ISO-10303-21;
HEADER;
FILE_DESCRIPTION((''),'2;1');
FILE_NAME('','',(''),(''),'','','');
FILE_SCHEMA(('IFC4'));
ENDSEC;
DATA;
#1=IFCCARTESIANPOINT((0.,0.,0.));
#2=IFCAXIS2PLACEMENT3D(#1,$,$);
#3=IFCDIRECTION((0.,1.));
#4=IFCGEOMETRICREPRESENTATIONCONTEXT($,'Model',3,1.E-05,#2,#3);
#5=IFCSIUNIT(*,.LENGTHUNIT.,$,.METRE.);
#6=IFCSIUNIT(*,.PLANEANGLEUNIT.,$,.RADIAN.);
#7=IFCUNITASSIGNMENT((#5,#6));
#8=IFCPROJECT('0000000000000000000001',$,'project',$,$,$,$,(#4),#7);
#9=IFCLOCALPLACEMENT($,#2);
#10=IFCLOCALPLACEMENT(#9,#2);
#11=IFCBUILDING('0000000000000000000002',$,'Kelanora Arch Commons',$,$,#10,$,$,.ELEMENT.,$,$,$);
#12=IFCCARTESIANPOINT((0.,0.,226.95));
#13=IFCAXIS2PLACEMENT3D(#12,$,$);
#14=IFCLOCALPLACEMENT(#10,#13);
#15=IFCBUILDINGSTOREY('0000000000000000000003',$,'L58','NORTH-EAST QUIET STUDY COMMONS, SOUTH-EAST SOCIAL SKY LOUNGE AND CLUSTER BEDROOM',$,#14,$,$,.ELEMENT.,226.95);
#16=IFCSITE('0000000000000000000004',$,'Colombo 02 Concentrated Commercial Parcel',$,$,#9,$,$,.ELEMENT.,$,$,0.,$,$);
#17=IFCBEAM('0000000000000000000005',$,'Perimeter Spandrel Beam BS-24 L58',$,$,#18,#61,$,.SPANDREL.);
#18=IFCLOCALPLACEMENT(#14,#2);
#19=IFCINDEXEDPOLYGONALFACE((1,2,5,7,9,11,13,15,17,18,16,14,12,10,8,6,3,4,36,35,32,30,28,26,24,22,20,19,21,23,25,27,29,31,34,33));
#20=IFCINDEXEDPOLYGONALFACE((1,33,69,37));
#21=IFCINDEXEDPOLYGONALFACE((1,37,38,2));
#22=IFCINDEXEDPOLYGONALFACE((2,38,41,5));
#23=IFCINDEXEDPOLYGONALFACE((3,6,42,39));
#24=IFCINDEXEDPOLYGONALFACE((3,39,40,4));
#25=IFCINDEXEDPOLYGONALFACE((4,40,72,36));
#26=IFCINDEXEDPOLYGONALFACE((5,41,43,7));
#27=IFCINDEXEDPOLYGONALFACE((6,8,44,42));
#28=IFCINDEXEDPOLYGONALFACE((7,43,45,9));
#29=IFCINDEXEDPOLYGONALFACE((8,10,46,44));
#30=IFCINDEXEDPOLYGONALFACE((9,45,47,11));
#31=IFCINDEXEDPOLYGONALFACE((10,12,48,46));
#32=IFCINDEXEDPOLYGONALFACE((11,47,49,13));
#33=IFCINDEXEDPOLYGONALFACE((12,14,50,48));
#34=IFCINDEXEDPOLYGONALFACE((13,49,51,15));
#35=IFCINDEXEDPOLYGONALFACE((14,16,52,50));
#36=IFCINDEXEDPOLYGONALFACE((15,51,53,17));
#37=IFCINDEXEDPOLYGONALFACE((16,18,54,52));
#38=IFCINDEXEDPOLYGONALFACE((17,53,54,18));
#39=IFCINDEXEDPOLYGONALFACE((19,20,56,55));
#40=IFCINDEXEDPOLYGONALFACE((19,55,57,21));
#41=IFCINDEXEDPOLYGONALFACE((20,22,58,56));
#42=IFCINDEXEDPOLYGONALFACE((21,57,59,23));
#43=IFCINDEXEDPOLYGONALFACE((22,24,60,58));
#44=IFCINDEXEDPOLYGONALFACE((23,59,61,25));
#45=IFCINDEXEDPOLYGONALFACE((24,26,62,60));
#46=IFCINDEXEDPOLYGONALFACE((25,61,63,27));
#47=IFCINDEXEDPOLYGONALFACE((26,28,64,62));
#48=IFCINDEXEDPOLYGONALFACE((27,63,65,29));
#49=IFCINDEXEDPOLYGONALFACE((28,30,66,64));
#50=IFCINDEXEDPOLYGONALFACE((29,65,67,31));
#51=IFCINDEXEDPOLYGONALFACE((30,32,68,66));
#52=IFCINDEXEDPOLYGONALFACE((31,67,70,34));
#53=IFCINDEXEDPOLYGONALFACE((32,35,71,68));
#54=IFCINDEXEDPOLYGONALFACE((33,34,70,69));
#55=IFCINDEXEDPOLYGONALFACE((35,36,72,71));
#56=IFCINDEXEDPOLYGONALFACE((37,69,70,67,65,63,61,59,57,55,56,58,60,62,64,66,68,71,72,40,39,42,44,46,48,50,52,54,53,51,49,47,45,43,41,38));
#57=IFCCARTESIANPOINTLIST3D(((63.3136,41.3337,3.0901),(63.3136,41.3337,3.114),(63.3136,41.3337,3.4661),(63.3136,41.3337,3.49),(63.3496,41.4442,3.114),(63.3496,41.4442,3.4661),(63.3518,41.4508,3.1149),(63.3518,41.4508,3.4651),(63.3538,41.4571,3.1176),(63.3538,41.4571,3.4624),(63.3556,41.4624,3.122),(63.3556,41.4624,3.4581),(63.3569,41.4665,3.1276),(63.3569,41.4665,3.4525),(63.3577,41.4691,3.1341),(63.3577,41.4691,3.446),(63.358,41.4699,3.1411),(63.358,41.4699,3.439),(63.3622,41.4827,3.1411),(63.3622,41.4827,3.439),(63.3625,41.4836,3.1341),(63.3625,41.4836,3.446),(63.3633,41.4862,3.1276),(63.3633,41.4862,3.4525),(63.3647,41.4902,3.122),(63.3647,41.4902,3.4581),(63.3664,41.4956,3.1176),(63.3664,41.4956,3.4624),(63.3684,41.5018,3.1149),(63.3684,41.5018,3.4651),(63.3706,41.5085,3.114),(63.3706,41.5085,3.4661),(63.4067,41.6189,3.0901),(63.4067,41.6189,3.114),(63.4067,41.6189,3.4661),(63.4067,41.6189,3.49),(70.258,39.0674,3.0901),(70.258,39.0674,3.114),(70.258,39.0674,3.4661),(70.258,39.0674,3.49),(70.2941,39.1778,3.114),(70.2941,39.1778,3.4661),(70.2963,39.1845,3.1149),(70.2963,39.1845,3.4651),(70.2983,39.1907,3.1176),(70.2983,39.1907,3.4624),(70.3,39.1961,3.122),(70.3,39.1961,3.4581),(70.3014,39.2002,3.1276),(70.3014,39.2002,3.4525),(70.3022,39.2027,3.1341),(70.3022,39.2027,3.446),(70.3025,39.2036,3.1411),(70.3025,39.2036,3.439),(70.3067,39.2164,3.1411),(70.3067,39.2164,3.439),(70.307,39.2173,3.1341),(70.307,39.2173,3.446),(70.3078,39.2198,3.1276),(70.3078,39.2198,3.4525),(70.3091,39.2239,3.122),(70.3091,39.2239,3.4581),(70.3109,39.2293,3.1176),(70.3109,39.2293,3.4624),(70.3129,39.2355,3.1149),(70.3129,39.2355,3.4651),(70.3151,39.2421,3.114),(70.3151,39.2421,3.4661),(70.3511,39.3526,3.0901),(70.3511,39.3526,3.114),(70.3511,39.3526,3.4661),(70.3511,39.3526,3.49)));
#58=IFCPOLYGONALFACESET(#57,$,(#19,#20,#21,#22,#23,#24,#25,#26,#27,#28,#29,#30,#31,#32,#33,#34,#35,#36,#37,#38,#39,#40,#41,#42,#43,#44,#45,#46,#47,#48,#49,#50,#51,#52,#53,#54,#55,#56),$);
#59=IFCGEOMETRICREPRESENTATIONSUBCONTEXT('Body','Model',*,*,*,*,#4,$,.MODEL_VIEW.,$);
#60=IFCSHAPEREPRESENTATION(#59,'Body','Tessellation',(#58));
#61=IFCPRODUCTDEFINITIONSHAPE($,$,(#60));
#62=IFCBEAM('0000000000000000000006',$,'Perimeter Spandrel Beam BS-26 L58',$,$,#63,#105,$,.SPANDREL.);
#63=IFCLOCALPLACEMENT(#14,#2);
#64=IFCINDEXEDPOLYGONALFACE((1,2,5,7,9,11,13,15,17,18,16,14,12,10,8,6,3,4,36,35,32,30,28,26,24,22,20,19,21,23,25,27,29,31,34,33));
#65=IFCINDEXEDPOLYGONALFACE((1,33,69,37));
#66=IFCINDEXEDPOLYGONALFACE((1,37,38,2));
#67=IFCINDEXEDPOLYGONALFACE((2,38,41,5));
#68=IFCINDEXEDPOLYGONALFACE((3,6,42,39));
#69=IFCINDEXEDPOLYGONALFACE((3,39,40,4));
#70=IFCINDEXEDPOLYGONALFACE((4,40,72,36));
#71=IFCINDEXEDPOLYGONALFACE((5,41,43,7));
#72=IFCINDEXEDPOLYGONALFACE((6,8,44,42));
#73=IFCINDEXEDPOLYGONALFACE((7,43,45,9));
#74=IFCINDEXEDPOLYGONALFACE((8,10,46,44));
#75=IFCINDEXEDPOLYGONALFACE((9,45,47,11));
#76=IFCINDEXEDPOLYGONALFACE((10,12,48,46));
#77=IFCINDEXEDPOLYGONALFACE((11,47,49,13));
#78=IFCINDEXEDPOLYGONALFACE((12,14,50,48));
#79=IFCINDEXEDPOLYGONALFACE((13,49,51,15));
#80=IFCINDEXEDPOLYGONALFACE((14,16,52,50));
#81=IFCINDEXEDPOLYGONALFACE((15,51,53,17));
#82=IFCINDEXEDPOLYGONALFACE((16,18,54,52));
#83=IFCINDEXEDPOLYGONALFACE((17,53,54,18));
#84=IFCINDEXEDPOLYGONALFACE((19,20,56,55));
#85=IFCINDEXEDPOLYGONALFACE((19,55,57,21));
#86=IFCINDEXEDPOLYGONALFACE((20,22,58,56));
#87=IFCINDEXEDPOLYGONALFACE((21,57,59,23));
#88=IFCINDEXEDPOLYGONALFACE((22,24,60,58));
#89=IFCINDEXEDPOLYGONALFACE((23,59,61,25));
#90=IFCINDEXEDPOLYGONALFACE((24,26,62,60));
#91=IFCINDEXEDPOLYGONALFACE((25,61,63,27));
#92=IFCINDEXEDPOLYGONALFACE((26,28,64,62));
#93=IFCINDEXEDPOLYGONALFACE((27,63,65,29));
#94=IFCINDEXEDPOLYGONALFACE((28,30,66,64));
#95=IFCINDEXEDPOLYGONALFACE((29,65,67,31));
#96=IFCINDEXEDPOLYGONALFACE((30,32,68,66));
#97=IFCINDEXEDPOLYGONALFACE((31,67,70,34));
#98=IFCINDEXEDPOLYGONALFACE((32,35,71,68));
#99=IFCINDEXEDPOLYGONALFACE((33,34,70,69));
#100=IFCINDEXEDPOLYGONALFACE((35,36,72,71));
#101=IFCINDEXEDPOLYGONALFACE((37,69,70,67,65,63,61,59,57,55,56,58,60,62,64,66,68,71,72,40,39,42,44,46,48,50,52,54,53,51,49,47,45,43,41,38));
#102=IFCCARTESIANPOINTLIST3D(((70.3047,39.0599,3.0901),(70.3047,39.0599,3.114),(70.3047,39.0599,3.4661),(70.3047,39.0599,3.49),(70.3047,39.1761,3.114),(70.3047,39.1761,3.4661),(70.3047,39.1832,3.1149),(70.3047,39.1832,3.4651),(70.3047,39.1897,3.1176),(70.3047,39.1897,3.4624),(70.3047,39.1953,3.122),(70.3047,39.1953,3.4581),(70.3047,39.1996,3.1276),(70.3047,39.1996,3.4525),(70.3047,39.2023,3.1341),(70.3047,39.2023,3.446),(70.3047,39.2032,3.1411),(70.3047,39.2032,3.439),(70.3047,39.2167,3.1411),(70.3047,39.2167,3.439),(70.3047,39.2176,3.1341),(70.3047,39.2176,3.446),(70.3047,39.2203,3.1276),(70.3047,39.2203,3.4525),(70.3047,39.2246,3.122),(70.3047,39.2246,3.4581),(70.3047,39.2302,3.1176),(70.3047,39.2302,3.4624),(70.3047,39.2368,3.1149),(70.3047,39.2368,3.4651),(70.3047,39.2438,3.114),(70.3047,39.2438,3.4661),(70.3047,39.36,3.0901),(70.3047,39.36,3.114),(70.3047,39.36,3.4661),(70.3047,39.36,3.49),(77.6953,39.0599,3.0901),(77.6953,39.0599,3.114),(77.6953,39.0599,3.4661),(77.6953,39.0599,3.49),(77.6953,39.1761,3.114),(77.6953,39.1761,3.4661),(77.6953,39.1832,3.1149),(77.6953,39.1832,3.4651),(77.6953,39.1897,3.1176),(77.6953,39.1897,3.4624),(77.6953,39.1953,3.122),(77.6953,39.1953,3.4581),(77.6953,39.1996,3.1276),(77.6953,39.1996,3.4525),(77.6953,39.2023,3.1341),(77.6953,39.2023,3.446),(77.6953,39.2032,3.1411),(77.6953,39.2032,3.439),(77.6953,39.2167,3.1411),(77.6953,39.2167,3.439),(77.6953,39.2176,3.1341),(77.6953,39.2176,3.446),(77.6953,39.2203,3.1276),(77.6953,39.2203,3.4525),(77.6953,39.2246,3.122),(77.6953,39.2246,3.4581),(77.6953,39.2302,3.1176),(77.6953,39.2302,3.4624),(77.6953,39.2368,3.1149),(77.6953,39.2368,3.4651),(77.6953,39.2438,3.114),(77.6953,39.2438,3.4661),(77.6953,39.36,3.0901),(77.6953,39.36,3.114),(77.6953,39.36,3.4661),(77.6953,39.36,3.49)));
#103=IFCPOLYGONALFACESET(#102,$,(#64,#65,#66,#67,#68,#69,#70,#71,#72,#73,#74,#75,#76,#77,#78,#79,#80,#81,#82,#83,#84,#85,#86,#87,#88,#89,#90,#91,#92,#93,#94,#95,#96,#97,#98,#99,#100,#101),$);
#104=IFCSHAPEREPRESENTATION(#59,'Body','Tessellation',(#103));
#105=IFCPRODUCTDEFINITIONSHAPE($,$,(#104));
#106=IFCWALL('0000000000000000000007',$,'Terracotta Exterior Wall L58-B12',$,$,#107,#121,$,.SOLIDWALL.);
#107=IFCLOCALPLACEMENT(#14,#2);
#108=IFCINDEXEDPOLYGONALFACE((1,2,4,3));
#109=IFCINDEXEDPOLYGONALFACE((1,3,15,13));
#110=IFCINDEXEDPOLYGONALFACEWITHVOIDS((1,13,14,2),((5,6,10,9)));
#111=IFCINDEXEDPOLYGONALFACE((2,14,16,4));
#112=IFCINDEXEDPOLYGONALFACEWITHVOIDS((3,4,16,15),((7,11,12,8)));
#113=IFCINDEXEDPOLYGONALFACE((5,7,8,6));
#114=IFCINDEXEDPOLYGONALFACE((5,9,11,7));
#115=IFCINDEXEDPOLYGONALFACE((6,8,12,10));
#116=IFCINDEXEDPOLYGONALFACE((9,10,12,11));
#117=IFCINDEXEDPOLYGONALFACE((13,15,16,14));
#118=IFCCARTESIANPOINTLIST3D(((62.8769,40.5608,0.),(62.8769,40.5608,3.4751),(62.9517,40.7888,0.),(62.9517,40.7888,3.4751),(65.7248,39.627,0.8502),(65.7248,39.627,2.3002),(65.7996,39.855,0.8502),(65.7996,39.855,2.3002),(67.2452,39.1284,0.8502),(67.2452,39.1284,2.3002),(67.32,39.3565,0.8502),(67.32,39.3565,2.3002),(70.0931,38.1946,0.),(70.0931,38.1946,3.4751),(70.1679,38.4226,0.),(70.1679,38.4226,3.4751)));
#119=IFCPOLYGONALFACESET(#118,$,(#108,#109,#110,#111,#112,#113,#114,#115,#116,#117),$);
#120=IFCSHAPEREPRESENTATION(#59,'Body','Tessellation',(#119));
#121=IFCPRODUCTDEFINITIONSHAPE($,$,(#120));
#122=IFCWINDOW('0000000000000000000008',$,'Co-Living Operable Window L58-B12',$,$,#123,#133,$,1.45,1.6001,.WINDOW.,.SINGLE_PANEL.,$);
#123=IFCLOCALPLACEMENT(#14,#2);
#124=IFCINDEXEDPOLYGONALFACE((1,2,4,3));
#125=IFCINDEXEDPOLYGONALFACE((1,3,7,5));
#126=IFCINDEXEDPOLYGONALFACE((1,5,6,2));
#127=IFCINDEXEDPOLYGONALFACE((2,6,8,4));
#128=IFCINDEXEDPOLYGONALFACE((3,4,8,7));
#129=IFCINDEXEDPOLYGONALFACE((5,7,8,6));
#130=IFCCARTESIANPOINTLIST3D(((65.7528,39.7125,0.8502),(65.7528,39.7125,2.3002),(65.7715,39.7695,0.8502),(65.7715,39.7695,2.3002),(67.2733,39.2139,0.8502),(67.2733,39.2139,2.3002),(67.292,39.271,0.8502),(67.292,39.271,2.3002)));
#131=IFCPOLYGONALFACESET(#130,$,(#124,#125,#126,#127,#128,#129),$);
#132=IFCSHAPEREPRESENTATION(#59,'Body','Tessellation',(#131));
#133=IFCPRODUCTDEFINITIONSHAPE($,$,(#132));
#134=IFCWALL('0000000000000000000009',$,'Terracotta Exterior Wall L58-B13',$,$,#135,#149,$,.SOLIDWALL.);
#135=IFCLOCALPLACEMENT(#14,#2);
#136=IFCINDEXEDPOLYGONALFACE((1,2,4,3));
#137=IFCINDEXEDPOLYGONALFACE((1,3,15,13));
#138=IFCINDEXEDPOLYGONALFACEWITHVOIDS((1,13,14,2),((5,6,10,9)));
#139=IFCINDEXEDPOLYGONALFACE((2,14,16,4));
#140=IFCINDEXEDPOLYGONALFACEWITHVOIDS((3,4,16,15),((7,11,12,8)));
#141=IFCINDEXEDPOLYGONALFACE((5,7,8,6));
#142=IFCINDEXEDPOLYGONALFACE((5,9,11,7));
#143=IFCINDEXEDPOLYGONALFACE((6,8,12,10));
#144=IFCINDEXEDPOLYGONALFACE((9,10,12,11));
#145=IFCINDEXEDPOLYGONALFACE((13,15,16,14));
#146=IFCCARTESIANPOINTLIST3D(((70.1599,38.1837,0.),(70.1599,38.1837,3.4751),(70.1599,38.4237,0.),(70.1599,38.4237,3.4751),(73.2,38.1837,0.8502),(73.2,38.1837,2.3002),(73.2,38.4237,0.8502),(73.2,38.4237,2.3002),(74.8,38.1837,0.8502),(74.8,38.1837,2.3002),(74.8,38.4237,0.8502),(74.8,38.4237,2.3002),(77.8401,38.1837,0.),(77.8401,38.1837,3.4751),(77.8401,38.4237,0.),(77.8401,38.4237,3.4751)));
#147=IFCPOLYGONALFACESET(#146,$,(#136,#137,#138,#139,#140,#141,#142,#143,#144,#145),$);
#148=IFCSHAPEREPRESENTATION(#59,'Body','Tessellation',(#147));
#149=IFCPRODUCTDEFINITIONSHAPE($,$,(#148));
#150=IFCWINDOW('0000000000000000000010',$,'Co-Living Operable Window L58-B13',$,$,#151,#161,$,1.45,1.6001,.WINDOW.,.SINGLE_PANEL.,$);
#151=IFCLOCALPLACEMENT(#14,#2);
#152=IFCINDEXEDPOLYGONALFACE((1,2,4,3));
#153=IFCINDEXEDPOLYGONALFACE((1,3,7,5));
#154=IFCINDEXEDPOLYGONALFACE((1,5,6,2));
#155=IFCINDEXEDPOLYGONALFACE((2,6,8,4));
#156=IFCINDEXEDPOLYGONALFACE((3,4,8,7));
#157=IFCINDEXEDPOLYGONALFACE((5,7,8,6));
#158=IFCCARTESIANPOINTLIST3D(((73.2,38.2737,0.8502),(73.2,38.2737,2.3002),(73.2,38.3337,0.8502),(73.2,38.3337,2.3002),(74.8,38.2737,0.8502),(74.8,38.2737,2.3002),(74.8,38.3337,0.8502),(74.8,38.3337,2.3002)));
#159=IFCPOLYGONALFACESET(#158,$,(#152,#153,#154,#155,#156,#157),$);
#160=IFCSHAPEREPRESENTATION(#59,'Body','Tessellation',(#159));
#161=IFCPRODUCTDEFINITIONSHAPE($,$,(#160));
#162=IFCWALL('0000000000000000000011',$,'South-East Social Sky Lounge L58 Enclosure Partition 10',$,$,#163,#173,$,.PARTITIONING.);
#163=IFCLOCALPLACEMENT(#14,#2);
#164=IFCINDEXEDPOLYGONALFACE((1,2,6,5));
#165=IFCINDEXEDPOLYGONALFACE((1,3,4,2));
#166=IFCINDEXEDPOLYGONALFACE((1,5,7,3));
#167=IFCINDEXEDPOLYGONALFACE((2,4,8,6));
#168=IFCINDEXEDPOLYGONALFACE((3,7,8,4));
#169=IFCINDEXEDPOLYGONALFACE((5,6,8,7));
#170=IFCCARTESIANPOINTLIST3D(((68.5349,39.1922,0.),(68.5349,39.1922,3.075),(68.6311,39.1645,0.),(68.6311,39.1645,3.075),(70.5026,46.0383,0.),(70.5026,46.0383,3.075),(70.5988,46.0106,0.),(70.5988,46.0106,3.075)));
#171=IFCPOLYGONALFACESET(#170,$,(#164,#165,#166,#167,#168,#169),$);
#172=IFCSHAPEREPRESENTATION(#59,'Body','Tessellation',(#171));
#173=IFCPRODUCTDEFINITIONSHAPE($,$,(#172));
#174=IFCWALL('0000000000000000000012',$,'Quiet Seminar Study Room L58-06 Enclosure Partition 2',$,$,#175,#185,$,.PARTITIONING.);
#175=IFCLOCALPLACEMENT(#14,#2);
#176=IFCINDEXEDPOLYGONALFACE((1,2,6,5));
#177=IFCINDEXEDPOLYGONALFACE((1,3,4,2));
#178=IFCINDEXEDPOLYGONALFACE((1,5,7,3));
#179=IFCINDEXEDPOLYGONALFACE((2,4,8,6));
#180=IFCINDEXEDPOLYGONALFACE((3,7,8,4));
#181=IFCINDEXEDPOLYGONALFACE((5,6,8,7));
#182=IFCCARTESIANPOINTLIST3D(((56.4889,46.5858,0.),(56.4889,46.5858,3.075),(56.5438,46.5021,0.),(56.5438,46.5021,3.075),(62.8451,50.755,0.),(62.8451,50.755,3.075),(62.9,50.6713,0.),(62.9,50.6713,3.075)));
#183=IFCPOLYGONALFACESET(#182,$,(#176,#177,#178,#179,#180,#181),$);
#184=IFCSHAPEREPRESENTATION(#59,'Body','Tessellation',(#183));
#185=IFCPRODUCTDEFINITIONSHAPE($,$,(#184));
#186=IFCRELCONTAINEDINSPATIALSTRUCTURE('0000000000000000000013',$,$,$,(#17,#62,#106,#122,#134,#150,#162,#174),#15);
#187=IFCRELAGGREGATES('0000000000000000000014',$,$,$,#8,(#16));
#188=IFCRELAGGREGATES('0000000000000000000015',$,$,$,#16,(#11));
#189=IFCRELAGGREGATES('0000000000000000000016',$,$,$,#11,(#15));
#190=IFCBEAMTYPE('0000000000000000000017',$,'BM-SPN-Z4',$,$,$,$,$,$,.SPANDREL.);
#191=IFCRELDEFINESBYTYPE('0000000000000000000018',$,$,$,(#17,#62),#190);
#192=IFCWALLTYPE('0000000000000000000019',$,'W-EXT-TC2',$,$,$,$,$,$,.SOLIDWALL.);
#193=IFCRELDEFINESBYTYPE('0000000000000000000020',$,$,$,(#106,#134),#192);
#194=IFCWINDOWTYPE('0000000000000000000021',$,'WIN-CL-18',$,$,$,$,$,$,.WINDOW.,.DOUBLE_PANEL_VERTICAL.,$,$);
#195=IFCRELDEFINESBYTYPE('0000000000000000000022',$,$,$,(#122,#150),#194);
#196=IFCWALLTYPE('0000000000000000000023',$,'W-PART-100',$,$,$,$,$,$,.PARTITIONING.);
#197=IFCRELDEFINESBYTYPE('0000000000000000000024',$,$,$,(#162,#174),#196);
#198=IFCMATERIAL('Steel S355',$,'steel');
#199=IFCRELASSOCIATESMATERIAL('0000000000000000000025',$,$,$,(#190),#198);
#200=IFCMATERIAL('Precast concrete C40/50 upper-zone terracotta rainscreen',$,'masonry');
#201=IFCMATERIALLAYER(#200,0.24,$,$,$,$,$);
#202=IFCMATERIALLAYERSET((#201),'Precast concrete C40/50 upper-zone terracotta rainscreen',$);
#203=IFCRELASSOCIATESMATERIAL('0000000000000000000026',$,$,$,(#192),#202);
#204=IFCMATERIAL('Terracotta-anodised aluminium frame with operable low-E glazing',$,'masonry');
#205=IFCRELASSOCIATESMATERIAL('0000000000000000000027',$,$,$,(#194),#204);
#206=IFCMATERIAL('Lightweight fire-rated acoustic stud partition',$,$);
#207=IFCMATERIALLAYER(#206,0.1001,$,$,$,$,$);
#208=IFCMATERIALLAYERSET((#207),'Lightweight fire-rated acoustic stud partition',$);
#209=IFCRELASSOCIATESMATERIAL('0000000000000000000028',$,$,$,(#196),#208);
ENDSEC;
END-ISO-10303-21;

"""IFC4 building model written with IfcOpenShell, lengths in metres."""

from ifc_helpers import new_model, si_unit, direction, frame, frame_2d, origin, origin_2d, place, context, subcontext, project, spatial, rectangle, i_section, extrude, material, layer, layer_set, material_profile, profile_set, type_object, element, fill, save


model = new_model("IFC4")

# Units and contexts
model_context = context("Model", 3, precision=1e-05, world=origin(), true_north=direction((0.0, 1.0)))
body_context = subcontext(model_context, "Body", "Model", "MODEL_VIEW")
ifc_project = project(units=[si_unit("LENGTHUNIT", "METRE"), si_unit("PLANEANGLEUNIT", "RADIAN")], contexts=[model_context])

# Site, building, storey
site_placement = place(None, origin())
site = spatial("IfcSite", under=ifc_project, at=site_placement, Name="Colombo 02 Concentrated Commercial Parcel", CompositionType="ELEMENT", RefElevation=0.0)
building_placement = place(site_placement, origin())
building = spatial("IfcBuilding", under=site, at=building_placement, Name="Kelanora Arch Commons", CompositionType="ELEMENT")
storey_placement = place(building_placement, frame((0.0, 0.0, 226.95)))
storey = spatial("IfcBuildingStorey", under=building, at=storey_placement, Name="L58", Description="NORTH-EAST QUIET STUDY COMMONS, SOUTH-EAST SOCIAL SKY LOUNGE AND CLUSTER BEDROOM", CompositionType="ELEMENT", Elevation=226.95)

# Beams
ifc_material_1 = material(Name="Steel S355", Category="steel")
ifc_material_profile_1 = material_profile(ifc_material_1, i_section(OverallWidth=0.3, OverallDepth=0.3999, WebThickness=0.0134, FlangeThickness=0.0239, FilletRadius=0.0271, at=origin_2d()), Name="HEB400")
ifc_profile_set_1 = profile_set([ifc_material_profile_1], Name="Steel S355")
beam_type_1 = type_object("IfcBeamType", Name="BM-SPN-Z4", PredefinedType="SPANDREL", material=ifc_profile_set_1)
beam_1_placement = place(storey_placement, frame((63.3601, 41.4763, 3.29), z_axis=(0.950656, -0.310246, 0.0), x_axis=(0.310246, 0.950656, 0.0)))
element("IfcBeam", 1, at=beam_1_placement, inside=storey, type_object=beam_type_1, Name="Perimeter Spandrel Beam BS-24 L58", PredefinedType="SPANDREL", context=body_context, shape_type="SweptSolid", body=[
    extrude(i_section(OverallWidth=0.3, OverallDepth=0.3999, WebThickness=0.0134, FlangeThickness=0.0239, FilletRadius=0.0271, at=origin_2d()), origin(), (0.0, 0.0, 1.0), 7.3049),
])
beam_2_placement = place(storey_placement, frame((70.3047, 39.21, 3.29), z_axis=(1.0, 0.0, 0.0), x_axis=(0.0, 1.0, 0.0)))
element("IfcBeam", 2, at=beam_2_placement, inside=storey, type_object=beam_type_1, Name="Perimeter Spandrel Beam BS-26 L58", PredefinedType="SPANDREL", context=body_context, shape_type="SweptSolid", body=[
    extrude(i_section(OverallWidth=0.3, OverallDepth=0.3999, WebThickness=0.0134, FlangeThickness=0.0239, FilletRadius=0.0271, at=origin_2d()), origin(), (0.0, 0.0, 1.0), 7.3906),
])

# Walls, openings, windows
ifc_material_2 = material(Name="Precast concrete C40/50 upper-zone terracotta rainscreen", Category="masonry")
ifc_layer_1 = layer(ifc_material_2, 0.24)
ifc_layer_set_1 = layer_set([ifc_layer_1], Name="Precast concrete C40/50 upper-zone terracotta rainscreen")
wall_type_1 = type_object("IfcWallType", Name="W-EXT-TC2", PredefinedType="SOLIDWALL", material=ifc_layer_set_1)
wall_1_placement = place(storey_placement, frame((62.9143, 40.6748, 0.0), z_axis=(0.0, 0.0, 1.0), x_axis=(0.950221, -0.311575, 0.0)))
wall_1 = element("IfcWall", 3, at=wall_1_placement, inside=storey, type_object=wall_type_1, Name="Terracotta Exterior Wall L58-B12", PredefinedType="SOLIDWALL", context=body_context, shape_type="SweptSolid", body=[
    extrude(rectangle(XDim=7.5942, YDim=0.24, at=frame_2d((3.7971, 0.0))), origin(), (0.0, 0.0, 1.0), 3.4751),
])
opening_1_placement = place(wall_1_placement, frame((2.9971, 0.0, 0.8501)))
opening_1 = element("IfcOpeningElement", 4, at=opening_1_placement, cuts=wall_1, PredefinedType="OPENING", context=body_context, shape_type="SweptSolid", body=[
    extrude(rectangle(XDim=1.6001, YDim=1.45, at=frame_2d((0.8, 0.7251))), frame((0.0, 0.1299, 0.0), z_axis=(0.0, -1.0, 0.0), x_axis=(1.0, 0.0, 0.0)), (0.0, 0.0, 1.0), 0.26),
])
ifc_material_3 = material(Name="Terracotta-anodised aluminium frame with operable low-E glazing", Category="masonry")
window_type = type_object("IfcWindowType", Name="WIN-CL-18", PartitioningType="DOUBLE_PANEL_VERTICAL", PredefinedType="WINDOW", material=ifc_material_3)
window_1_placement = place(opening_1_placement, origin())
window_1 = element("IfcWindow", 5, at=window_1_placement, inside=storey, type_object=window_type, Name="Co-Living Operable Window L58-B12", OverallHeight=1.45, OverallWidth=1.6001, PartitioningType="SINGLE_PANEL", PredefinedType="WINDOW", context=body_context, shape_type="SweptSolid", body=[
    extrude(rectangle(XDim=1.6001, YDim=1.45, at=frame_2d((0.8, 0.7251))), frame((0.0, 0.03, 0.0), z_axis=(0.0, -1.0, 0.0), x_axis=(1.0, 0.0, 0.0)), (0.0, 0.0, 1.0), 0.0601),
])
fill(opening_1, window_1)
wall_2_placement = place(storey_placement, frame((70.1599, 38.3037, 0.0), z_axis=(0.0, 0.0, 1.0), x_axis=(1.0, 0.0, 0.0)))
wall_2 = element("IfcWall", 6, at=wall_2_placement, inside=storey, type_object=wall_type_1, Name="Terracotta Exterior Wall L58-B13", PredefinedType="SOLIDWALL", context=body_context, shape_type="SweptSolid", body=[
    extrude(rectangle(XDim=7.6802, YDim=0.24, at=frame_2d((3.8401, 0.0))), origin(), (0.0, 0.0, 1.0), 3.4751),
])
opening_2_placement = place(wall_2_placement, frame((3.04, 0.0, 0.8501)))
opening_2 = element("IfcOpeningElement", 7, at=opening_2_placement, cuts=wall_2, PredefinedType="OPENING", context=body_context, shape_type="SweptSolid", body=[
    extrude(rectangle(XDim=1.6001, YDim=1.45, at=frame_2d((0.8, 0.7251))), frame((0.0, 0.1299, 0.0), z_axis=(0.0, -1.0, 0.0), x_axis=(1.0, 0.0, 0.0)), (0.0, 0.0, 1.0), 0.26),
])
window_2_placement = place(opening_2_placement, origin())
window_2 = element("IfcWindow", 8, at=window_2_placement, inside=storey, type_object=window_type, Name="Co-Living Operable Window L58-B13", OverallHeight=1.45, OverallWidth=1.6001, PartitioningType="SINGLE_PANEL", PredefinedType="WINDOW", context=body_context, shape_type="SweptSolid", body=[
    extrude(rectangle(XDim=1.6001, YDim=1.45, at=frame_2d((0.8, 0.7251))), frame((0.0, 0.03, 0.0), z_axis=(0.0, -1.0, 0.0), x_axis=(1.0, 0.0, 0.0)), (0.0, 0.0, 1.0), 0.0601),
])
fill(opening_2, window_2)

# Walls
ifc_material_4 = material(Name="Lightweight fire-rated acoustic stud partition")
ifc_layer_2 = layer(ifc_material_4, 0.1001)
ifc_layer_set_2 = layer_set([ifc_layer_2], Name="Lightweight fire-rated acoustic stud partition")
wall_type_2 = type_object("IfcWallType", Name="W-PART-100", PredefinedType="PARTITIONING", material=ifc_layer_set_2)
wall_3_placement = place(storey_placement, frame((68.583, 39.1785, 0.0), z_axis=(0.0, 0.0, 1.0), x_axis=(0.276242, 0.961088, 0.0)))
element("IfcWall", 9, at=wall_3_placement, inside=storey, type_object=wall_type_2, Name="South-East Social Sky Lounge L58 Enclosure Partition 10", PredefinedType="PARTITIONING", context=body_context, shape_type="SweptSolid", body=[
    extrude(rectangle(XDim=7.1233, YDim=0.1001, at=frame_2d((3.5615, 0.0))), origin(), (0.0, 0.0, 1.0), 3.075),
])
wall_4_placement = place(storey_placement, frame((62.8726, 50.7131, 0.0), z_axis=(0.0, 0.0, 1.0), x_axis=(-0.836173, -0.548466, 0.0)))
element("IfcWall", 10, at=wall_4_placement, inside=storey, type_object=wall_type_2, Name="Quiet Seminar Study Room L58-06 Enclosure Partition 2", PredefinedType="PARTITIONING", context=body_context, shape_type="SweptSolid", body=[
    extrude(rectangle(XDim=7.6016, YDim=0.1001, at=frame_2d((3.8008, 0.0))), origin(), (0.0, 0.0, 1.0), 3.075),
])

save(model, "model.ifc")
